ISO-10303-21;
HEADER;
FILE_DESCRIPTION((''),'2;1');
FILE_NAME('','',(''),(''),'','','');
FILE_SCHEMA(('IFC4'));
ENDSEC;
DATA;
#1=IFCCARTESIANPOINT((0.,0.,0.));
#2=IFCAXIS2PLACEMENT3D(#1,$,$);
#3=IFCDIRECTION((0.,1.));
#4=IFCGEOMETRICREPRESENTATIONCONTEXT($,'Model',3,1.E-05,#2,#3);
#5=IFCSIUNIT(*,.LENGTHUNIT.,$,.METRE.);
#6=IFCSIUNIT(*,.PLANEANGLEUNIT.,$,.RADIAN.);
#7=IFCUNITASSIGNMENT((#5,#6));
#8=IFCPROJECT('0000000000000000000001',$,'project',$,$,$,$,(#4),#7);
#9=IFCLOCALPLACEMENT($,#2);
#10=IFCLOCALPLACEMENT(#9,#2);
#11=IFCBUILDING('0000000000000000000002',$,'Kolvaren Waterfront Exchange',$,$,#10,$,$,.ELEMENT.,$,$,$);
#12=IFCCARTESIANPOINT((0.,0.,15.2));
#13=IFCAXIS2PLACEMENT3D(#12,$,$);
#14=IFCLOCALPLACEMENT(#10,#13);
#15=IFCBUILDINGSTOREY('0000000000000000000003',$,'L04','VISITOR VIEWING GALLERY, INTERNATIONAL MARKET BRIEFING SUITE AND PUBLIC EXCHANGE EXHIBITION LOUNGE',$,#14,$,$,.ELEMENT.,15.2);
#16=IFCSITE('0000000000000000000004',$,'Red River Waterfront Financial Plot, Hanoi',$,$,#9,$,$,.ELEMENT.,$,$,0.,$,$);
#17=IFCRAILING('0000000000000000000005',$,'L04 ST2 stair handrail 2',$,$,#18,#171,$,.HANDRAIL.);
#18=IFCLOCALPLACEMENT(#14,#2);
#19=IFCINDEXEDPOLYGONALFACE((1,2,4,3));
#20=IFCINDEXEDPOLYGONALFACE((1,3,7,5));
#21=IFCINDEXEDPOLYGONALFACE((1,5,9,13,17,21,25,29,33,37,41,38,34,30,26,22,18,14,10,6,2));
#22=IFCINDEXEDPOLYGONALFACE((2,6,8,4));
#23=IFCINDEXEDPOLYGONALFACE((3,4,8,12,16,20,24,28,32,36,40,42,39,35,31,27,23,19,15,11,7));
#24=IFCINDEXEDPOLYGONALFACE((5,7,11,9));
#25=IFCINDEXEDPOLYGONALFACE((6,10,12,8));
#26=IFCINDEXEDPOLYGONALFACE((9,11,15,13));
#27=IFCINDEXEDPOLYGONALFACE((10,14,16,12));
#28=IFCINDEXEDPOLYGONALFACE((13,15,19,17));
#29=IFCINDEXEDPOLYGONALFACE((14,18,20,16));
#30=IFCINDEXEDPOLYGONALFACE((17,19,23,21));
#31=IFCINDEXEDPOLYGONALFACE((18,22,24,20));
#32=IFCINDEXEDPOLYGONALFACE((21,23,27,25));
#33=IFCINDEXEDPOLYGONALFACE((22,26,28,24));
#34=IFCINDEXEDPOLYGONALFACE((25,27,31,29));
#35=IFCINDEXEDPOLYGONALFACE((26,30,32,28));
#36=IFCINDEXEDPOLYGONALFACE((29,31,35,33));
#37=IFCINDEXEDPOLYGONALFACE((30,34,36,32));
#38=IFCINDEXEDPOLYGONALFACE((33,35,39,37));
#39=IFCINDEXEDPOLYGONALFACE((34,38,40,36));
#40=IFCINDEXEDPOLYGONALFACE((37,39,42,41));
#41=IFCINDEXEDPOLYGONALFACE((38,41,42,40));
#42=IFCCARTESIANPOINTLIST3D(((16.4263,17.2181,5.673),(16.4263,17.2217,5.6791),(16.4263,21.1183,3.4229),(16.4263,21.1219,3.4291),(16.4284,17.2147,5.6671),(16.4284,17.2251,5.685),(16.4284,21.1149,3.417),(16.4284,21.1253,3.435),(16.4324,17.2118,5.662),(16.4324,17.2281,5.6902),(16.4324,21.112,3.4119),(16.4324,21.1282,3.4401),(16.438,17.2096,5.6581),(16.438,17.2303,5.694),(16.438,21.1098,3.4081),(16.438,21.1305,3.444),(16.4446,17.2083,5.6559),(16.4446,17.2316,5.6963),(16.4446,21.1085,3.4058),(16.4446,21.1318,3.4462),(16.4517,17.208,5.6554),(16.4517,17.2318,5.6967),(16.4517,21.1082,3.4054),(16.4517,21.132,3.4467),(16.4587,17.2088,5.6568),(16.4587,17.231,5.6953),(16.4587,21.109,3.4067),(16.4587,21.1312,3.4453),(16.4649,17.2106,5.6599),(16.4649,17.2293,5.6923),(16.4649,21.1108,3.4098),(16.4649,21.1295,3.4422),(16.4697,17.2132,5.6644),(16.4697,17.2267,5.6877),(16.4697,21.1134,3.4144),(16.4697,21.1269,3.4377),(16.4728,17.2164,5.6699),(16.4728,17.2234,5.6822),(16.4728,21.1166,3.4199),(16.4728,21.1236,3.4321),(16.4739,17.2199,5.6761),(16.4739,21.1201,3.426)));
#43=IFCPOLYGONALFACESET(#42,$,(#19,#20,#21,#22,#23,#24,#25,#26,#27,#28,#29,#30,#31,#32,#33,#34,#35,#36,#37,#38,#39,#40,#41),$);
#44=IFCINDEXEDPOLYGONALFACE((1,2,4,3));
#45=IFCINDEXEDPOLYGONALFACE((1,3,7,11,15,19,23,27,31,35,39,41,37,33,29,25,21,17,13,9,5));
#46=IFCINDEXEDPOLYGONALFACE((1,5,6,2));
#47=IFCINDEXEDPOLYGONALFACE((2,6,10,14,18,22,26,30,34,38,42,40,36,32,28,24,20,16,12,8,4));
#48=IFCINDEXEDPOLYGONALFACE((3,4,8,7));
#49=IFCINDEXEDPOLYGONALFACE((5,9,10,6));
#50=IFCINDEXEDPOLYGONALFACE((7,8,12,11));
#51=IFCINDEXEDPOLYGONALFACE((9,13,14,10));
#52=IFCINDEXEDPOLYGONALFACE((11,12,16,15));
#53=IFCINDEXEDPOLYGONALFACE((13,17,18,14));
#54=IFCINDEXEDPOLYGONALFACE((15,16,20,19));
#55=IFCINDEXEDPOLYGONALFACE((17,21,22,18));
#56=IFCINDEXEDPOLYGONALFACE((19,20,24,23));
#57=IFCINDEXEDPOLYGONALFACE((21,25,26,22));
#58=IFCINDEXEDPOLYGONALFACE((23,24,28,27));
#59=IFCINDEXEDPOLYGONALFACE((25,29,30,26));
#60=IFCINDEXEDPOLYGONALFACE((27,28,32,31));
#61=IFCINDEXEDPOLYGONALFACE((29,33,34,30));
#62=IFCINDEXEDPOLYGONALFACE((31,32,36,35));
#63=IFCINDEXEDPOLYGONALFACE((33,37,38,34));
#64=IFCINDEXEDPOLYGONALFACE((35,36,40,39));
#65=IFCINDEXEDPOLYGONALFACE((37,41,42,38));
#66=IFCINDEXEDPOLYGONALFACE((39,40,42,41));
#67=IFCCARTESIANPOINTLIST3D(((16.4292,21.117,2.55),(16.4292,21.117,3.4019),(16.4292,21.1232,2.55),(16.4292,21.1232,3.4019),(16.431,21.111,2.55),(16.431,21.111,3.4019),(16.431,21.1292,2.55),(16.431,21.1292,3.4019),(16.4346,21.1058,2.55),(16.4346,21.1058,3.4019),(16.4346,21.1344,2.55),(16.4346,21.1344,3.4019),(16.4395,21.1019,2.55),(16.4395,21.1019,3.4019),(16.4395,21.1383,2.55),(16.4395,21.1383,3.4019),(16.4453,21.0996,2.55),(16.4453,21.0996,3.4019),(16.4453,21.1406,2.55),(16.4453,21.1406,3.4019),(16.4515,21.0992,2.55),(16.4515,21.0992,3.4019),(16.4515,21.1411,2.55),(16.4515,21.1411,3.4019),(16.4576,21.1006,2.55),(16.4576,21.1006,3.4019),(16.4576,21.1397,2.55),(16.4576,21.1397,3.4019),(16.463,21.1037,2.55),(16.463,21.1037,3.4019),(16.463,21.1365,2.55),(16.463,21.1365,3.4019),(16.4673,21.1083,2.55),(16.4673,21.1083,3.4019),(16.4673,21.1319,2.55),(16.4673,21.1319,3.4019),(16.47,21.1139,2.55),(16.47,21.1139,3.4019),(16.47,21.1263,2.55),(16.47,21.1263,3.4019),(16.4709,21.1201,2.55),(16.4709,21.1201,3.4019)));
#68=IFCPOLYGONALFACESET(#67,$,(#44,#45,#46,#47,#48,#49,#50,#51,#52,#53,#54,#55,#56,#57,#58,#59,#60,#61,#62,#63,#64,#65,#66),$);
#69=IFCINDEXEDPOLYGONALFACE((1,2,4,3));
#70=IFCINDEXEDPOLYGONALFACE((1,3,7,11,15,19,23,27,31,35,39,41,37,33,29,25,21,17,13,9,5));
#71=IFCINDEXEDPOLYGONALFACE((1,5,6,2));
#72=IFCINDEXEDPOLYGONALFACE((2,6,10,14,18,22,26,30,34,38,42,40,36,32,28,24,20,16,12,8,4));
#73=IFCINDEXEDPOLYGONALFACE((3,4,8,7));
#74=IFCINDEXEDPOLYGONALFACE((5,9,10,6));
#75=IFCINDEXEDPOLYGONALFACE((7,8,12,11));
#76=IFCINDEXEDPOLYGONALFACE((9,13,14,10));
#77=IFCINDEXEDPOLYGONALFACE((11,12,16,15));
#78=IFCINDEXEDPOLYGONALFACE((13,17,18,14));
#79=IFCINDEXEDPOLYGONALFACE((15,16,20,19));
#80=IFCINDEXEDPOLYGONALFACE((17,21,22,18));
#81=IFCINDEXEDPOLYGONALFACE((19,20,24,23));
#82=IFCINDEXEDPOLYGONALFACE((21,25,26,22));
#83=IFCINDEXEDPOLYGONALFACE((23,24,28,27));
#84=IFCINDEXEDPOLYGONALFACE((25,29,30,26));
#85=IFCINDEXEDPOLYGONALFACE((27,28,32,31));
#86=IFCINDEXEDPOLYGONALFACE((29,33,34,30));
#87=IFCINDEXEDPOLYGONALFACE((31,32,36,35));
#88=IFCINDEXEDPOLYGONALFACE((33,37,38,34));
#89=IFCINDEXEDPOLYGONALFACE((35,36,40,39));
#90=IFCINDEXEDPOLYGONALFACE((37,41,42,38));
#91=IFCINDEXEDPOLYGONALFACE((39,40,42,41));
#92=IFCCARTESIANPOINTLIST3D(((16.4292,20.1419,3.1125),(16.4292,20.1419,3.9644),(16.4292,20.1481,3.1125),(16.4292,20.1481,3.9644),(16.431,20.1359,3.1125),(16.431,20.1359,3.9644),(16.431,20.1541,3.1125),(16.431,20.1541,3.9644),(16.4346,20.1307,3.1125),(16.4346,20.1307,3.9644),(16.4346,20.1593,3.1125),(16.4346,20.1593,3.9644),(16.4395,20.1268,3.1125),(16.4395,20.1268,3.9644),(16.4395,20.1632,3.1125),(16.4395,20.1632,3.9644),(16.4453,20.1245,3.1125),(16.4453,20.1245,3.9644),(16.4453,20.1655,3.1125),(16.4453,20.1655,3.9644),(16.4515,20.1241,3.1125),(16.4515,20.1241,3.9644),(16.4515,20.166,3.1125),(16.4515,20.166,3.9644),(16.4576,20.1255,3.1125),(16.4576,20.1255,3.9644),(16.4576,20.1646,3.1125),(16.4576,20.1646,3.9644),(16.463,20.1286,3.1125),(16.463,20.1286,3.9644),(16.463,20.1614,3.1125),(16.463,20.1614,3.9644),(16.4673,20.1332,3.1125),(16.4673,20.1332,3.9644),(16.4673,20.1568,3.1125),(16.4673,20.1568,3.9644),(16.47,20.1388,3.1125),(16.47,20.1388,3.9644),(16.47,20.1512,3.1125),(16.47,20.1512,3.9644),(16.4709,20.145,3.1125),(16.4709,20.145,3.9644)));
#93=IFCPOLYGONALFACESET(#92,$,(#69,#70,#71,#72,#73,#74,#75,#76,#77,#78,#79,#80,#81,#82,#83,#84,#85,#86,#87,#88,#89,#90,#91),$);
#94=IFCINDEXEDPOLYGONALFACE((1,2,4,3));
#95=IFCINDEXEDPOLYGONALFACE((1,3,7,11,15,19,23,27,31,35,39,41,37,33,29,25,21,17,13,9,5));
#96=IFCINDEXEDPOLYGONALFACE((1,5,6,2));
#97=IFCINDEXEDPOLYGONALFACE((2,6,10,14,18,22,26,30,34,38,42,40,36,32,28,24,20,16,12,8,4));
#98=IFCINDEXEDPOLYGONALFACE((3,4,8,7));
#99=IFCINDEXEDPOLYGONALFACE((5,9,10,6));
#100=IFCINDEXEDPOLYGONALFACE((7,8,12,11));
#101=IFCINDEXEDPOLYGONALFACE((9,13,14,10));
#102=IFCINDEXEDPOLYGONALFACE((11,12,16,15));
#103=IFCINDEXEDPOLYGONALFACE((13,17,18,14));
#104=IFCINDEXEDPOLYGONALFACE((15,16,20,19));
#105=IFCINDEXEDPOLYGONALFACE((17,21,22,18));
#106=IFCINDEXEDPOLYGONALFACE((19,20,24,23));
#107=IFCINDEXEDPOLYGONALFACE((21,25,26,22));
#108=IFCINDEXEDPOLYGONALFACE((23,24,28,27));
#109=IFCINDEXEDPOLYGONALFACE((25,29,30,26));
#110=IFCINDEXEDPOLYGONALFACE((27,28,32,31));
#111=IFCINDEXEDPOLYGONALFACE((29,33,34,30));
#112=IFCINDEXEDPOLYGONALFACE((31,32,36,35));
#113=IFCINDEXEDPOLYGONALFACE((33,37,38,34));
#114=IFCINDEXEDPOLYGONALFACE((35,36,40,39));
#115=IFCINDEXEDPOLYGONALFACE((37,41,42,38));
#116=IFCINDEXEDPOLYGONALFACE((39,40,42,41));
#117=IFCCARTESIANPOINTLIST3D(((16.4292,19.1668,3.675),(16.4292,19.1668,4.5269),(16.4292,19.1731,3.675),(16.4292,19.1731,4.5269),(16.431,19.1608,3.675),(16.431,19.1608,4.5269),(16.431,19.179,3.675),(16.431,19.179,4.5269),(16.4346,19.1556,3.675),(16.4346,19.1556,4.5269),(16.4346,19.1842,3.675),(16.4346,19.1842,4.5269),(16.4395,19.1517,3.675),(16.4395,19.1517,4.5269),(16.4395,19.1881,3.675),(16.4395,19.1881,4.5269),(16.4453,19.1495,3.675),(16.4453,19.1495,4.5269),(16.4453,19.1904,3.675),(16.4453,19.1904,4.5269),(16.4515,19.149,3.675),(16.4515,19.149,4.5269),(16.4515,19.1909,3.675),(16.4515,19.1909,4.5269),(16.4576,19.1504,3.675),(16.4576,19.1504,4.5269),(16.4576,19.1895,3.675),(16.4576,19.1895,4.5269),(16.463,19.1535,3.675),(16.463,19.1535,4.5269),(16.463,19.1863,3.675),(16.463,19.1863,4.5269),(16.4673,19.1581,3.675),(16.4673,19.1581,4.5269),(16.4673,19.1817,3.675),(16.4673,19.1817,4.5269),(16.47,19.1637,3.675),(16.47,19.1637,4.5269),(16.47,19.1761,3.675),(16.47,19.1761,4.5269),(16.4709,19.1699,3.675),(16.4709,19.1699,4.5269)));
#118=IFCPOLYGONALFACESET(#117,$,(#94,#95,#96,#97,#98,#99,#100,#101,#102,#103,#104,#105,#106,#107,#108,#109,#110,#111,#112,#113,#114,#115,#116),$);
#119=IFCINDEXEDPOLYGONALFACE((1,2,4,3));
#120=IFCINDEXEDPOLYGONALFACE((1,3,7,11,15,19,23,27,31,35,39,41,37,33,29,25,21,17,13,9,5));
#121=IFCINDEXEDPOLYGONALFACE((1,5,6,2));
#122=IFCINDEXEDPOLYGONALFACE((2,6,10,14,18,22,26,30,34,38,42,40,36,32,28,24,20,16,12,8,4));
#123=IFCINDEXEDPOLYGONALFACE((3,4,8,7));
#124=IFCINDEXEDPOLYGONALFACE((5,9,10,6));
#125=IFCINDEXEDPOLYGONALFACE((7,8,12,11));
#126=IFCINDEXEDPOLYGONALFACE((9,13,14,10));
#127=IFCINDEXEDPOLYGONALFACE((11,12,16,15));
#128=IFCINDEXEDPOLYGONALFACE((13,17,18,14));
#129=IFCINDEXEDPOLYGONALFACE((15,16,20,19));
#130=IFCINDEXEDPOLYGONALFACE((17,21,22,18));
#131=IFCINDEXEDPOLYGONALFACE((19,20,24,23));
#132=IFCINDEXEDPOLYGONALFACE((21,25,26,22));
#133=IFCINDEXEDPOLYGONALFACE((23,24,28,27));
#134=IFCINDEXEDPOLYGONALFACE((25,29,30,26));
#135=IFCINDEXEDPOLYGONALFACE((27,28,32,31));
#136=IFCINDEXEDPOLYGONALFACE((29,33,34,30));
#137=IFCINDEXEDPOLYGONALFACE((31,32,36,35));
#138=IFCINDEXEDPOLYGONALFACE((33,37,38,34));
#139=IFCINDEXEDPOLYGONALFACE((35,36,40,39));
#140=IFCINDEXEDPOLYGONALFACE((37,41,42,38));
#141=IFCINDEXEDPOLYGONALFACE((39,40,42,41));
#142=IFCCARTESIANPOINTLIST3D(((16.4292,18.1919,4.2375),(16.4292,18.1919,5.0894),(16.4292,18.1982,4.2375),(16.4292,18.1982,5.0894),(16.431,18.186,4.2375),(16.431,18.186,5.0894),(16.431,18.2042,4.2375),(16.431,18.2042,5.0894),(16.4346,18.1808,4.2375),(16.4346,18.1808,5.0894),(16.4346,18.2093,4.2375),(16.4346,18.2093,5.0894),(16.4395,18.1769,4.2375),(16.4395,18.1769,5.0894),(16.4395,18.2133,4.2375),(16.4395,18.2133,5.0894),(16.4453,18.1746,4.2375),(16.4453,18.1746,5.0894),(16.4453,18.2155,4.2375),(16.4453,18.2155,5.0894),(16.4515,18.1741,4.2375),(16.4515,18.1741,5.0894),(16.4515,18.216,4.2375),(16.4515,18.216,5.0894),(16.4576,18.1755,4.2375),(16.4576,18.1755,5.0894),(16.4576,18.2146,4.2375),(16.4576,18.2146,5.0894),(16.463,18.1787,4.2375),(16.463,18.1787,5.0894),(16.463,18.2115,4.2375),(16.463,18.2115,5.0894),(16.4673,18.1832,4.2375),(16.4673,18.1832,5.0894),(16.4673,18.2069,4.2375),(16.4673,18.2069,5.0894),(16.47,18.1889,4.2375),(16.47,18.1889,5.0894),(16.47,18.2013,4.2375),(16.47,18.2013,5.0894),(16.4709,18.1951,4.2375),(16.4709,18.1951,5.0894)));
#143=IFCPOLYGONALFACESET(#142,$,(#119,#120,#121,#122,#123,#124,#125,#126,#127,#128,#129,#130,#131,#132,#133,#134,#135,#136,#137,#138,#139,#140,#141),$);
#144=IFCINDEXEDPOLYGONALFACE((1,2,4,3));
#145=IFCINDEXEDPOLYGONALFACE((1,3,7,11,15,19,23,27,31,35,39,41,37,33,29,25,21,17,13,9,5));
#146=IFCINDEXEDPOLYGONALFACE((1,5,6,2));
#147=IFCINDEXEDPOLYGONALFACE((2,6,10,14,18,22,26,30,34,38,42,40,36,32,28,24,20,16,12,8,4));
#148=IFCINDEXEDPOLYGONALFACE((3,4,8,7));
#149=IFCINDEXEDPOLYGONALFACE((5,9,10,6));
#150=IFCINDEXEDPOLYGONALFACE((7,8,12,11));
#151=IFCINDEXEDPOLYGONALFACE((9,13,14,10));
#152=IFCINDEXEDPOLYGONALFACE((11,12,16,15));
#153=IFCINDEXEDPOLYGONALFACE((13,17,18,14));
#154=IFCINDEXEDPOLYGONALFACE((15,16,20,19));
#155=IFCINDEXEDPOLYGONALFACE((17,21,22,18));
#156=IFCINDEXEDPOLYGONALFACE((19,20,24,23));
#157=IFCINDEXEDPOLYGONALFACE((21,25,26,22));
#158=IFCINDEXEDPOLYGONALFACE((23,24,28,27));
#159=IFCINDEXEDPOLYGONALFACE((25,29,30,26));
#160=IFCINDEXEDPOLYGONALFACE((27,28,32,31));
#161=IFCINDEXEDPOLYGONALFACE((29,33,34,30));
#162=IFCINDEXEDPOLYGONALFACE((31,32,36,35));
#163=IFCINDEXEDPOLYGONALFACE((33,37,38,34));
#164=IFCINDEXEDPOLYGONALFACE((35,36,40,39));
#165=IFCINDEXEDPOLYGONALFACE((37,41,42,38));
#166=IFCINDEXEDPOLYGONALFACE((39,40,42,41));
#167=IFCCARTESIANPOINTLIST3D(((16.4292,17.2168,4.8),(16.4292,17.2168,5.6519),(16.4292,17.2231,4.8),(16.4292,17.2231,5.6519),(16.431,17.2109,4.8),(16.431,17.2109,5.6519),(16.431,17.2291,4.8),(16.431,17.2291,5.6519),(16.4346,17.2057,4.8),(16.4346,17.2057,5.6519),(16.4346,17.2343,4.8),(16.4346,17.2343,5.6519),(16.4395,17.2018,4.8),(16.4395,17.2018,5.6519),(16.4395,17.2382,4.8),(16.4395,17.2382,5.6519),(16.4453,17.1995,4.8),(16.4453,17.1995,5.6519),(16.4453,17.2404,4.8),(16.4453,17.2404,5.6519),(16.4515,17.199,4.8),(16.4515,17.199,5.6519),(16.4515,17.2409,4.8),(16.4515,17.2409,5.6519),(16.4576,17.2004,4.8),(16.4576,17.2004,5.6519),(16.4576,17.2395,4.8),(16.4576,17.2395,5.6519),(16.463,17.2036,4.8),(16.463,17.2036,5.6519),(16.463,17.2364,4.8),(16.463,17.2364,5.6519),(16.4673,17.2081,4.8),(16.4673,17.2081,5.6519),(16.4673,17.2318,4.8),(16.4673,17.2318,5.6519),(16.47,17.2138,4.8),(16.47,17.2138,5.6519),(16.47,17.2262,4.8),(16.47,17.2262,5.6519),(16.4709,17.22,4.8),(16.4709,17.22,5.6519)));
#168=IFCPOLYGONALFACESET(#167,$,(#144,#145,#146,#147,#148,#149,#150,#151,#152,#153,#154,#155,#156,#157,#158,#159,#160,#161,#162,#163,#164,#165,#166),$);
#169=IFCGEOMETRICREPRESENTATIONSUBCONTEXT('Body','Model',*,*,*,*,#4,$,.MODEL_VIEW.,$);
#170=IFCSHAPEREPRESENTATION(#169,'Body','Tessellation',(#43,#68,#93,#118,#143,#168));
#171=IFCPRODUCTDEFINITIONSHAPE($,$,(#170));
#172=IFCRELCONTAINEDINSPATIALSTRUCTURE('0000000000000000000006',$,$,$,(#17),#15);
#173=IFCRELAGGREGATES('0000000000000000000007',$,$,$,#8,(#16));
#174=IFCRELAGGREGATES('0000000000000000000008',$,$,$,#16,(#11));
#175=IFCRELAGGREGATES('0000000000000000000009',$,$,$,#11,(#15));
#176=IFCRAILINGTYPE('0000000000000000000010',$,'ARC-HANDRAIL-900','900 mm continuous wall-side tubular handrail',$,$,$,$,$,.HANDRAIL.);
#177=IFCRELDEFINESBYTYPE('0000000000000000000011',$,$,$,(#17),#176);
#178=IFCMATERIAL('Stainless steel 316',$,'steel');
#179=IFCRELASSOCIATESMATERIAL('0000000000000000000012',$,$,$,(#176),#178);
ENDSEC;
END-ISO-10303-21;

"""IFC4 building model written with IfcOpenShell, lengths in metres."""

from ifc_helpers import new_model, si_unit, direction, frame, origin, origin_2d, place, context, subcontext, project, spatial, circle, extrude, material, type_object, element, save


model = new_model("IFC4")

# Units and contexts
model_context = context("Model", 3, precision=1e-05, world=origin(), true_north=direction((0.0, 1.0)))
body_context = subcontext(model_context, "Body", "Model", "MODEL_VIEW")
ifc_project = project(units=[si_unit("LENGTHUNIT", "METRE"), si_unit("PLANEANGLEUNIT", "RADIAN")], contexts=[model_context])

# Site, building, storey
site_placement = place(None, origin())
site = spatial("IfcSite", under=ifc_project, at=site_placement, Name="Red River Waterfront Financial Plot, Hanoi", CompositionType="ELEMENT", RefElevation=0.0)
building_placement = place(site_placement, origin())
building = spatial("IfcBuilding", under=site, at=building_placement, Name="Kolvaren Waterfront Exchange", CompositionType="ELEMENT")
storey_placement = place(building_placement, frame((0.0, 0.0, 15.2)))
storey = spatial("IfcBuildingStorey", under=building, at=storey_placement, Name="L04", Description="VISITOR VIEWING GALLERY, INTERNATIONAL MARKET BRIEFING SUITE AND PUBLIC EXCHANGE EXHIBITION LOUNGE", CompositionType="ELEMENT", Elevation=15.2)

# Railing
ifc_material_1 = material(Name="Stainless steel 316", Category="steel")
railing_type_1 = type_object("IfcRailingType", Name="ARC-HANDRAIL-900", Description="900 mm continuous wall-side tubular handrail", PredefinedType="HANDRAIL", material=ifc_material_1)
railing_1_placement = place(storey_placement, frame((16.45, 21.1201, 2.55)))
element("IfcRailing", 1, at=railing_1_placement, inside=storey, type_object=railing_type_1, Name="L04 ST2 stair handrail 2", PredefinedType="HANDRAIL", context=body_context, shape_type="SweptSolid", body=[
    extrude(circle(Radius=0.0239, at=origin_2d()), frame((0.0, 0.0, 0.876), z_axis=(0.0, -0.866194, 0.499708), x_axis=(1.0, 0.0, 0.0)), (0.0, 0.0, 1.0), 4.5027),
    extrude(circle(Radius=0.021, at=origin_2d()), origin(), (0.0, 0.0, 1.0), 0.8518),
    extrude(circle(Radius=0.021, at=origin_2d()), frame((0.0, -0.9751, 0.5625)), (0.0, 0.0, 1.0), 0.8518),
    extrude(circle(Radius=0.021, at=origin_2d()), frame((0.0, -1.9502, 1.125)), (0.0, 0.0, 1.0), 0.8518),
    extrude(circle(Radius=0.021, at=origin_2d()), frame((0.0, -2.925, 1.6875)), (0.0, 0.0, 1.0), 0.8518),
    extrude(circle(Radius=0.021, at=origin_2d()), frame((0.0, -3.9001, 2.25)), (0.0, 0.0, 1.0), 0.8518),
])

save(model, "model.ifc")
